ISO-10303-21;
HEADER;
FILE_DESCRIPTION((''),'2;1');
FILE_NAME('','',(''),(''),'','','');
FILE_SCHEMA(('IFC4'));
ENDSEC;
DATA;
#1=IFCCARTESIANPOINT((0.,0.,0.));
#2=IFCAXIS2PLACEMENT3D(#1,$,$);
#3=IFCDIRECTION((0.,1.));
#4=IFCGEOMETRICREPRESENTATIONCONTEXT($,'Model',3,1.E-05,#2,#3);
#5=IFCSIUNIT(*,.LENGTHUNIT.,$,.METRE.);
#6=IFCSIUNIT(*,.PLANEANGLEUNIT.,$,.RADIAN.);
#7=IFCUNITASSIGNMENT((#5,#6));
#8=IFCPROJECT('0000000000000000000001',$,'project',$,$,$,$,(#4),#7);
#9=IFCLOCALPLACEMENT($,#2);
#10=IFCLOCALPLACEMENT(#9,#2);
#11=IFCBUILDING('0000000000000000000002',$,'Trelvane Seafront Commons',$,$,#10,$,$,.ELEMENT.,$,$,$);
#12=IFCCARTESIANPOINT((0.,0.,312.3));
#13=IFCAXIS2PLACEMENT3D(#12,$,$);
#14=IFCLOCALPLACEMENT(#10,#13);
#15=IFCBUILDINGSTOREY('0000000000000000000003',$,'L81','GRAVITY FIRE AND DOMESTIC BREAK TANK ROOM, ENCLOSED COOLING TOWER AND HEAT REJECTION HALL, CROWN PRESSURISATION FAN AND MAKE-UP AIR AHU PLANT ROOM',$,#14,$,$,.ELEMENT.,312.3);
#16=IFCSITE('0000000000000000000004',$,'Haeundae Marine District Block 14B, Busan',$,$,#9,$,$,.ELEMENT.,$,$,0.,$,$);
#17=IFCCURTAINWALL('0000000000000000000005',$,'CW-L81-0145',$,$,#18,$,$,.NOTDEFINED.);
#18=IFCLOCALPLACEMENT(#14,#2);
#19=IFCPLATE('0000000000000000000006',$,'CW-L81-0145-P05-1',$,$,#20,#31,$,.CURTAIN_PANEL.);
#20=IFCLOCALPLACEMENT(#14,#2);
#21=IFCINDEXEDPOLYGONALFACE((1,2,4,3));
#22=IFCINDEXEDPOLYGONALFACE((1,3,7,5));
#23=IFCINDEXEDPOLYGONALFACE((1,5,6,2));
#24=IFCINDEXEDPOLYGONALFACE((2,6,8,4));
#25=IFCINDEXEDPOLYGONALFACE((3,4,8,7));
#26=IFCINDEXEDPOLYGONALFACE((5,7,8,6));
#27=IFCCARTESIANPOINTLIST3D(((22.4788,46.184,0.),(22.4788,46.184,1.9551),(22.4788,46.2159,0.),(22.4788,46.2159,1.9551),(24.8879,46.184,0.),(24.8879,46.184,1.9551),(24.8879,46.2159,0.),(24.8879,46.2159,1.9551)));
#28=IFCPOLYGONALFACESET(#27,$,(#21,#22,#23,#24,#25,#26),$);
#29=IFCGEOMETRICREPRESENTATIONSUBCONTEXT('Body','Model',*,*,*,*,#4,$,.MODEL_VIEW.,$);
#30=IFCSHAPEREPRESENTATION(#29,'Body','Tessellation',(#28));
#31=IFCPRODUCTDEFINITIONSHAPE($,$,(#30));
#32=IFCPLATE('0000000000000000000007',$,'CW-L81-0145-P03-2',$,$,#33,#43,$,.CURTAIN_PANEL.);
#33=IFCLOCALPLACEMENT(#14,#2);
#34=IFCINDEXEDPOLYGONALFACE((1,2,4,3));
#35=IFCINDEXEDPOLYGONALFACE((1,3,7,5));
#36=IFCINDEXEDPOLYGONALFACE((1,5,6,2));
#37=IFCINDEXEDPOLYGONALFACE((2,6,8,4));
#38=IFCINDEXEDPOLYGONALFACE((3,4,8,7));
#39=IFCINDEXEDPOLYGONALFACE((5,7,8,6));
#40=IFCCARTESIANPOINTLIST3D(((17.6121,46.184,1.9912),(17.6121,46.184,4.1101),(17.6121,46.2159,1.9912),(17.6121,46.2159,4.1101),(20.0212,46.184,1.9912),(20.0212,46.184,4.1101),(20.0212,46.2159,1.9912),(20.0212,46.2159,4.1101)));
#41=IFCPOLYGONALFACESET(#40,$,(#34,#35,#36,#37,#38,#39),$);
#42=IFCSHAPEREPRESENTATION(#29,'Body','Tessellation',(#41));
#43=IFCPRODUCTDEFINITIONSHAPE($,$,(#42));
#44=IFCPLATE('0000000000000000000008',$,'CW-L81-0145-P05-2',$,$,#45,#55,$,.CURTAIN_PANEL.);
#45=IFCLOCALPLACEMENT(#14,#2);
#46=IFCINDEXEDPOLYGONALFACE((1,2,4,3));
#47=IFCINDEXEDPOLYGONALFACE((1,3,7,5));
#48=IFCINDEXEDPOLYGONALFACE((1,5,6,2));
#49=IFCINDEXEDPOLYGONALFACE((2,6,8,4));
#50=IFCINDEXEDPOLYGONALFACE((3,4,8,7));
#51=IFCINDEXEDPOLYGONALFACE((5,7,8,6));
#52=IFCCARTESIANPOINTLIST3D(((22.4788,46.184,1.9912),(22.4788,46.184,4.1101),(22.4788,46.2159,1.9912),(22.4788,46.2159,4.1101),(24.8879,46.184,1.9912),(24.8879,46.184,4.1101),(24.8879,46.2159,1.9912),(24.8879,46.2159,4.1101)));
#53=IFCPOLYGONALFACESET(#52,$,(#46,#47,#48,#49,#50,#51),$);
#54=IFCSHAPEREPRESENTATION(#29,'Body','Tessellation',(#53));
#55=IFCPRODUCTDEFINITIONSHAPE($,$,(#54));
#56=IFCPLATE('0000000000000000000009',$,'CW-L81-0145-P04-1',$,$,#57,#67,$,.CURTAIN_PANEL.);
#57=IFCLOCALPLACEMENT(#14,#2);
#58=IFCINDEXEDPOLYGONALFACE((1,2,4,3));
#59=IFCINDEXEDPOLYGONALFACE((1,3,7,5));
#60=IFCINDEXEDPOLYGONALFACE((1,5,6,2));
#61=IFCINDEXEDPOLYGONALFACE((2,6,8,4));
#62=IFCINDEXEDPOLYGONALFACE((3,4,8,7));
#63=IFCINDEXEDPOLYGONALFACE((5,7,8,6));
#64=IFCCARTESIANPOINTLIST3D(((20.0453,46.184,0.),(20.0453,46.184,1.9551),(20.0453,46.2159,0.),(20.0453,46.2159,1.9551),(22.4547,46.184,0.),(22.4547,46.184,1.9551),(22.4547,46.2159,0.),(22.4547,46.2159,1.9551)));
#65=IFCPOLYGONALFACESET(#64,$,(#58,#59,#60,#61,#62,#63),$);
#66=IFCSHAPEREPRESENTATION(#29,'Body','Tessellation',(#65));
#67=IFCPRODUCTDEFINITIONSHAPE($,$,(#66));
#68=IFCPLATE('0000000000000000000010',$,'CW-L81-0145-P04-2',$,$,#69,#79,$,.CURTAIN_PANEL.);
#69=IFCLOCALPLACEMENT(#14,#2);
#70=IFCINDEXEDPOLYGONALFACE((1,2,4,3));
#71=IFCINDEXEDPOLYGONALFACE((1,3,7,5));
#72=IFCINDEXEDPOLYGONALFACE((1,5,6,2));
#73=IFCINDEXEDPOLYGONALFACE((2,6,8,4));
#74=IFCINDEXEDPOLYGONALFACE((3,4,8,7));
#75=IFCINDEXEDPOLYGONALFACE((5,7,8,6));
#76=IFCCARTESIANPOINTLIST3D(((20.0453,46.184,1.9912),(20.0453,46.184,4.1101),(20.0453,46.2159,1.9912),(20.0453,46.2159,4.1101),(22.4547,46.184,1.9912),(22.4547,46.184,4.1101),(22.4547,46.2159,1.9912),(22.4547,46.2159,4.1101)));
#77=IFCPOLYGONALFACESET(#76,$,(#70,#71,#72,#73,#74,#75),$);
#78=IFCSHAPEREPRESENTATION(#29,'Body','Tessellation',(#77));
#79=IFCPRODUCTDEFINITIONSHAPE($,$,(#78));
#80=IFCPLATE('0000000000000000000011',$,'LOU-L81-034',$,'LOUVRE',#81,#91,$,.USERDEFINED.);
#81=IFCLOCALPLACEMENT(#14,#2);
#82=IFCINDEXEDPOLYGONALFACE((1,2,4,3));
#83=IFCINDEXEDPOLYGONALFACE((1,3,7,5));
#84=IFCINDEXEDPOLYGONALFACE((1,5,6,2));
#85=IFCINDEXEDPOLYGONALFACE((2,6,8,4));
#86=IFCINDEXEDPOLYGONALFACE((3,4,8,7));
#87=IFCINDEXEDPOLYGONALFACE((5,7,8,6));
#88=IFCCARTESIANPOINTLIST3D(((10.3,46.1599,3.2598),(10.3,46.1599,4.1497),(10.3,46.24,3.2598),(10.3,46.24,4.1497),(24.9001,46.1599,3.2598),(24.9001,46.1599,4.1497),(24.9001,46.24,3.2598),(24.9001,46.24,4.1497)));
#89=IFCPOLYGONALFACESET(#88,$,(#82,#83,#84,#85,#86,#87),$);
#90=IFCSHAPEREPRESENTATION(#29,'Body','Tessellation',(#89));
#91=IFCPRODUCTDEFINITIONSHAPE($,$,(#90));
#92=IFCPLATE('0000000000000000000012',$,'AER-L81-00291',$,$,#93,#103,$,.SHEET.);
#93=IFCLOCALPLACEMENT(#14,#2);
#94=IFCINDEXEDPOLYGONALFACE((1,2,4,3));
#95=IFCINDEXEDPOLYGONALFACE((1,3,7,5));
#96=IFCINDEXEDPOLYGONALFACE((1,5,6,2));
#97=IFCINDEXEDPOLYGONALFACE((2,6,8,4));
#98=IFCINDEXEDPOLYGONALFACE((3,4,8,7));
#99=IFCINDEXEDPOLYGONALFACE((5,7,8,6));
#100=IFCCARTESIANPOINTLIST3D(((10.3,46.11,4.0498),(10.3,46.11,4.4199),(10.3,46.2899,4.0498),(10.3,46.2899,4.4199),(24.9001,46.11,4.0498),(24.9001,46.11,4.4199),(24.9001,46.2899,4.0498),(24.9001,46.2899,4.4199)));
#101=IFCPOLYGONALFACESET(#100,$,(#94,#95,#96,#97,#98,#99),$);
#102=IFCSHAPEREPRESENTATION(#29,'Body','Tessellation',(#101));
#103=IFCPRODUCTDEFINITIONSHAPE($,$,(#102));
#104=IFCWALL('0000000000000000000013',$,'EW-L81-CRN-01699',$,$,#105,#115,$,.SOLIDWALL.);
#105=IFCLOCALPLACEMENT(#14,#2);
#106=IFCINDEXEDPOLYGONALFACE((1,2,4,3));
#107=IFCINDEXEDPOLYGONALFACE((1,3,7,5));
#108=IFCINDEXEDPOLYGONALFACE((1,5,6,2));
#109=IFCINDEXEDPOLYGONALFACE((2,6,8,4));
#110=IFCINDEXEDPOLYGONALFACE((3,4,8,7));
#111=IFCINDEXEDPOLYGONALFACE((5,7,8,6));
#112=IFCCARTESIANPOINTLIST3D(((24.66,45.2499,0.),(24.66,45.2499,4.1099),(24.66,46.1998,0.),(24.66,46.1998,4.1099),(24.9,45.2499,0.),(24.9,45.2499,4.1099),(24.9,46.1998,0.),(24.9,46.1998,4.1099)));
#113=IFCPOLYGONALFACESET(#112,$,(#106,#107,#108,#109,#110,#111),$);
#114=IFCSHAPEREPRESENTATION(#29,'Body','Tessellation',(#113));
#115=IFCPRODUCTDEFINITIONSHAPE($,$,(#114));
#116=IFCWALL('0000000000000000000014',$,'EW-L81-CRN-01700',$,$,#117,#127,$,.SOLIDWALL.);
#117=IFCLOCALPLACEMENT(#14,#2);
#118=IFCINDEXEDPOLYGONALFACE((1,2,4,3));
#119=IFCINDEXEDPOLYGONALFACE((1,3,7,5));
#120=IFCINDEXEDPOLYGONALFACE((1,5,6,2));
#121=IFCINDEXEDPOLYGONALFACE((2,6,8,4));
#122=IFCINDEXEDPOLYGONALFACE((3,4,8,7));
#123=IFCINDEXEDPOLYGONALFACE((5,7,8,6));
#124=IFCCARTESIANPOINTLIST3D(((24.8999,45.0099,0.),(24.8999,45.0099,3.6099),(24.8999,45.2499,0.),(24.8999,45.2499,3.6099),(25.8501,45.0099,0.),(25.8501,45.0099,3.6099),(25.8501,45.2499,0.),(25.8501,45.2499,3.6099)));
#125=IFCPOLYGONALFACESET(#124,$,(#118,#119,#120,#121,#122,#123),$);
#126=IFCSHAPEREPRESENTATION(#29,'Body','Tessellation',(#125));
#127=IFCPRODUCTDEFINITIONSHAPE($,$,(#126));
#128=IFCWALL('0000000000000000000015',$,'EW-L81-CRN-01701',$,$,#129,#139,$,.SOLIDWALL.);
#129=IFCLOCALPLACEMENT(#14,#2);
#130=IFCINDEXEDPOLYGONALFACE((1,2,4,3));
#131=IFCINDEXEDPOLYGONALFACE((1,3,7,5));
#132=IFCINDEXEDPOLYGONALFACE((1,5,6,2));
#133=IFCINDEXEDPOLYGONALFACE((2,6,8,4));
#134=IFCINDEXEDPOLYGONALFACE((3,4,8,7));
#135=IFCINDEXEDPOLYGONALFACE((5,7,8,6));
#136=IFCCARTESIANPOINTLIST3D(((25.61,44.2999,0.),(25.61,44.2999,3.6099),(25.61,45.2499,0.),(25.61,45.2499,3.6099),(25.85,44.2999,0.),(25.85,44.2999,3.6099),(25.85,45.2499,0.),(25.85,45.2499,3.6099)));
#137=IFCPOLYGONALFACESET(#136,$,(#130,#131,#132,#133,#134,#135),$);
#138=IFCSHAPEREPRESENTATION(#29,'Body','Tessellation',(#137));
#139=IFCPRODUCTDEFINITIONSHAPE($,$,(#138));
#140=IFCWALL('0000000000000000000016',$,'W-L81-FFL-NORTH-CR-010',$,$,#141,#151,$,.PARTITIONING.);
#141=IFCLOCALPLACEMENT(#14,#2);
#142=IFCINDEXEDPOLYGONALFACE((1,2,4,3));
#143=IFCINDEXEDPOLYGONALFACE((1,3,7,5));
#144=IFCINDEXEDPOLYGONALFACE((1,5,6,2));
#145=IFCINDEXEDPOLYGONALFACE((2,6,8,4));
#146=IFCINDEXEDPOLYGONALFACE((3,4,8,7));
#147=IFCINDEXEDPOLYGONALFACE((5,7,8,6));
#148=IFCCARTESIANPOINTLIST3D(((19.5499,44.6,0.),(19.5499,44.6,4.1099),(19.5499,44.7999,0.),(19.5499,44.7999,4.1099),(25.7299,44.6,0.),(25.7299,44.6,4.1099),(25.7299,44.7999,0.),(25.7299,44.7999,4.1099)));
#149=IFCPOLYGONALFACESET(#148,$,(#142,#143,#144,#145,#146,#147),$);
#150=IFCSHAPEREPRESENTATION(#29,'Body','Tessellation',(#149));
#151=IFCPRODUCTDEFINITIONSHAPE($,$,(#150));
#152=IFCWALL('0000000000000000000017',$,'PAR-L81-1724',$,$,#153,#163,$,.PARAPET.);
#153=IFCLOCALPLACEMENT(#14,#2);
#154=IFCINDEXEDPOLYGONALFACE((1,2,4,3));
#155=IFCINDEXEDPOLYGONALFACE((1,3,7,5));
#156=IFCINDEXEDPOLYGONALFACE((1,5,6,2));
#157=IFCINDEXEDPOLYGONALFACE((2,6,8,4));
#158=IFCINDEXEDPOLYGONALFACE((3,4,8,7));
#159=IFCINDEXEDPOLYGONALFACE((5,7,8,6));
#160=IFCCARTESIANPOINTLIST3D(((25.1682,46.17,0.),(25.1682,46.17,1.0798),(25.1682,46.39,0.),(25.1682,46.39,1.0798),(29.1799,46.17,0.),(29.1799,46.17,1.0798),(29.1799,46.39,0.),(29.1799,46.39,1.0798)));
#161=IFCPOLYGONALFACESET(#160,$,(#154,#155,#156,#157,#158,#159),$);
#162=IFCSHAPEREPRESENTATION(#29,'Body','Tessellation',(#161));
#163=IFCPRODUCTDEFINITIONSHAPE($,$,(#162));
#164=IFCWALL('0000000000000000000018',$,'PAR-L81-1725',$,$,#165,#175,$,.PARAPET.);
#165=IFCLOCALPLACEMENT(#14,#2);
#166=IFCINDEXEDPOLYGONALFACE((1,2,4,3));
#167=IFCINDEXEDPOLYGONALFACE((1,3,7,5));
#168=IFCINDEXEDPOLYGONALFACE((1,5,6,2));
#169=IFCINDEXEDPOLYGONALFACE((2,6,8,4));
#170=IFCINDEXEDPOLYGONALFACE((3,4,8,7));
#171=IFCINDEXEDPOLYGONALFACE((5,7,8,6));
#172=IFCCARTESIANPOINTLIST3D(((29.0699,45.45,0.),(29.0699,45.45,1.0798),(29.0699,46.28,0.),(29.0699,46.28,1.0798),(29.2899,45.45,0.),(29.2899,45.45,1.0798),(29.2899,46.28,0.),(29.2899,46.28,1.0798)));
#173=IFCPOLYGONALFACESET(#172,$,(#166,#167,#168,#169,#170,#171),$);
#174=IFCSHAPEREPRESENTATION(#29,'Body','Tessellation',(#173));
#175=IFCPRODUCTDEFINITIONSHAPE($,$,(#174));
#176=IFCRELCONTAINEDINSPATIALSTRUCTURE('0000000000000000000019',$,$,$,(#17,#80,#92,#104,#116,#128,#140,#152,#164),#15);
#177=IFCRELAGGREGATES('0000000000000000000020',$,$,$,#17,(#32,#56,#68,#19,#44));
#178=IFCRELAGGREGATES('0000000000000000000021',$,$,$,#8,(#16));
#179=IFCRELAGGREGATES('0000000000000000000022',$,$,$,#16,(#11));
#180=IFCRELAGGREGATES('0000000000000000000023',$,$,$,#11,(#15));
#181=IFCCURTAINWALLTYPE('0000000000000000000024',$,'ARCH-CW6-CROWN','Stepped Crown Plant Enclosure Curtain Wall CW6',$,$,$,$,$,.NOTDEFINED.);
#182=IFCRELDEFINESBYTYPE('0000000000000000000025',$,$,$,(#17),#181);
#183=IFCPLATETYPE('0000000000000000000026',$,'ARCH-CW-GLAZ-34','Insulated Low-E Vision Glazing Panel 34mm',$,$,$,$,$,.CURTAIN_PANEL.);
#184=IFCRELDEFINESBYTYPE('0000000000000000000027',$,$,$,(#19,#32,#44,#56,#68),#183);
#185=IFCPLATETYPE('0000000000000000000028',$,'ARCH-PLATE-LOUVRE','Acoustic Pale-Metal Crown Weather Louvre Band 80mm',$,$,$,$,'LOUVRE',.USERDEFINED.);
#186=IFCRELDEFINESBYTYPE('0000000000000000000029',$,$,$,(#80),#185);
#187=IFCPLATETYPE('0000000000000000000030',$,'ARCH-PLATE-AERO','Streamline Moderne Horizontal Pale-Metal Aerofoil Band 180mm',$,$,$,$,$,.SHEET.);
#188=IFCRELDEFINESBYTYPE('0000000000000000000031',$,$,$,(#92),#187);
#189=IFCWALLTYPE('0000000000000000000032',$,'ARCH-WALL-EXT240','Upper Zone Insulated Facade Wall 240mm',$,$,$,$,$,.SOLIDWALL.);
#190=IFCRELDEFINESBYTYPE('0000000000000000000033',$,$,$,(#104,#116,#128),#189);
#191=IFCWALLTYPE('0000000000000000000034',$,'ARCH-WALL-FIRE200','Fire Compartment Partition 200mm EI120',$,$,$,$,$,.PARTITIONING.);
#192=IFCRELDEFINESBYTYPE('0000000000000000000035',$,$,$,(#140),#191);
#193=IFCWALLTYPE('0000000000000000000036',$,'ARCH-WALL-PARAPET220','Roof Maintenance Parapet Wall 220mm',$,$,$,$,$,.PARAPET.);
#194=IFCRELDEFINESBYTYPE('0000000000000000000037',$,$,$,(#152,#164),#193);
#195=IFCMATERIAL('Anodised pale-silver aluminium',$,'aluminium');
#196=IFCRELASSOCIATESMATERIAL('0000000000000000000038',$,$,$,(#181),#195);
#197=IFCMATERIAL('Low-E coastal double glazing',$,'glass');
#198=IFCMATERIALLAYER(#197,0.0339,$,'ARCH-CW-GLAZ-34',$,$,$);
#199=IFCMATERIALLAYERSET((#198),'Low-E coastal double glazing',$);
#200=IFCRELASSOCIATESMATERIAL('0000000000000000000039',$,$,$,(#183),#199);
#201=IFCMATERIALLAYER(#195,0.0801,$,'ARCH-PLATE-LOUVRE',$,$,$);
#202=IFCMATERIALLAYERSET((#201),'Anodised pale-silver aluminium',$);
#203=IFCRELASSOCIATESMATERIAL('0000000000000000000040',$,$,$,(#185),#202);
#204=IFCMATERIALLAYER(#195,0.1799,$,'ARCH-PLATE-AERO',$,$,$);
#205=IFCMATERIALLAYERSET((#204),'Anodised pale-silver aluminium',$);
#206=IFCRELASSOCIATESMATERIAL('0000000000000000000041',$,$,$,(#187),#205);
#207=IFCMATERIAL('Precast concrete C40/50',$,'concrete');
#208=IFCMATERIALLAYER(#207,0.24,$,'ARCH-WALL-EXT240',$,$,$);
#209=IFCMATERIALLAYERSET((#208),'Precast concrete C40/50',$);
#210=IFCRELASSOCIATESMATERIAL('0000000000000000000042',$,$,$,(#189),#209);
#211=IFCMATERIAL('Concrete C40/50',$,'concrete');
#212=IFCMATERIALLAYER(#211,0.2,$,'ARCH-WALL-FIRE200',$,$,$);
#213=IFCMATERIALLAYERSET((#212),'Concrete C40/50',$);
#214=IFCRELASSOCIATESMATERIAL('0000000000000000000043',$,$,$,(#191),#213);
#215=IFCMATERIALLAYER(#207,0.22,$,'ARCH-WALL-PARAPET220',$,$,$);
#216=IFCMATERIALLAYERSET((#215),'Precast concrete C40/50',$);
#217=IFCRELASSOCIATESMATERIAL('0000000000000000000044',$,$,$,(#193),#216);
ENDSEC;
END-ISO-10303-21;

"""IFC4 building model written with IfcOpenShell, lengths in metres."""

from ifc_helpers import new_model, si_unit, direction, frame, frame_2d, origin, origin_2d, place, context, subcontext, project, spatial, rectangle, extrude, source, transform, mapped, material, layer, layer_set, type_object, element, aggregate, save


model = new_model("IFC4")

# Units and contexts
model_context = context("Model", 3, precision=1e-05, world=origin(), true_north=direction((0.0, 1.0)))
body_context = subcontext(model_context, "Body", "Model", "MODEL_VIEW")
ifc_project = project(units=[si_unit("LENGTHUNIT", "METRE"), si_unit("PLANEANGLEUNIT", "RADIAN")], contexts=[model_context])

# Site, building, storey
site_placement = place(None, origin())
site = spatial("IfcSite", under=ifc_project, at=site_placement, Name="Haeundae Marine District Block 14B, Busan", CompositionType="ELEMENT", RefElevation=0.0)
building_placement = place(site_placement, origin())
building = spatial("IfcBuilding", under=site, at=building_placement, Name="Trelvane Seafront Commons", CompositionType="ELEMENT")
storey_placement = place(building_placement, frame((0.0, 0.0, 312.3)))
storey = spatial("IfcBuildingStorey", under=building, at=storey_placement, Name="L81", Description="GRAVITY FIRE AND DOMESTIC BREAK TANK ROOM, ENCLOSED COOLING TOWER AND HEAT REJECTION HALL, CROWN PRESSURISATION FAN AND MAKE-UP AIR AHU PLANT ROOM", CompositionType="ELEMENT", Elevation=312.3)

# Curtain wall
ifc_material_1 = material(Name="Anodised pale-silver aluminium", Category="aluminium")
curtain_wall_type = type_object("IfcCurtainWallType", Name="ARCH-CW6-CROWN", Description="Stepped Crown Plant Enclosure Curtain Wall CW6", PredefinedType="NOTDEFINED", material=ifc_material_1)
curtain_wall_1_placement = place(storey_placement, origin())
curtain_wall_1 = element("IfcCurtainWall", 1, at=curtain_wall_1_placement, inside=storey, type_object=curtain_wall_type, Name="CW-L81-0145", PredefinedType="NOTDEFINED")

# Plates
ifc_material_2 = material(Name="Low-E coastal double glazing", Category="glass")
ifc_layer_1 = layer(ifc_material_2, 0.0339, Name="ARCH-CW-GLAZ-34")
ifc_layer_set_1 = layer_set([ifc_layer_1], Name="Low-E coastal double glazing")
plate_type_1 = type_object("IfcPlateType", Name="ARCH-CW-GLAZ-34", Description="Insulated Low-E Vision Glazing Panel 34mm", PredefinedType="CURTAIN_PANEL", material=ifc_layer_set_1)
shared_shape_1 = source(origin(), body_context, "Body", "SweptSolid", [
    extrude(rectangle(XDim=2.4092, YDim=0.032, at=origin_2d()), origin(), (0.0, 0.0, 1.0), 1.9551),
])
plate_1_placement = place(storey_placement, frame((23.6833, 46.2, 0.0), z_axis=(0.0, 0.0, 1.0), x_axis=(1.0, 0.0, 0.0)))
plate_1 = element("IfcPlate", 2, at=plate_1_placement, type_object=plate_type_1, Name="CW-L81-0145-P05-1", PredefinedType="CURTAIN_PANEL", context=body_context, shape_type="MappedRepresentation", body=[
    mapped(shared_shape_1, transform((0.0, 0.0, 0.0), x_axis=(1.0, 0.0, 0.0), y_axis=(0.0, 1.0, 0.0), z_axis=(0.0, 0.0, 1.0), scale=1.0)),
])
shared_shape_2 = source(origin(), body_context, "Body", "SweptSolid", [
    extrude(rectangle(XDim=2.4092, YDim=0.032, at=origin_2d()), origin(), (0.0, 0.0, 1.0), 2.1189),
])
plate_2_placement = place(storey_placement, frame((18.8167, 46.2, 1.9912), z_axis=(0.0, 0.0, 1.0), x_axis=(1.0, 0.0, 0.0)))
plate_2 = element("IfcPlate", 3, at=plate_2_placement, type_object=plate_type_1, Name="CW-L81-0145-P03-2", PredefinedType="CURTAIN_PANEL", context=body_context, shape_type="MappedRepresentation", body=[
    mapped(shared_shape_2, transform((0.0, 0.0, 0.0), x_axis=(1.0, 0.0, 0.0), y_axis=(0.0, 1.0, 0.0), z_axis=(0.0, 0.0, 1.0), scale=1.0)),
])
plate_3_placement = place(storey_placement, frame((23.6833, 46.2, 1.9912), z_axis=(0.0, 0.0, 1.0), x_axis=(1.0, 0.0, 0.0)))
plate_3 = element("IfcPlate", 4, at=plate_3_placement, type_object=plate_type_1, Name="CW-L81-0145-P05-2", PredefinedType="CURTAIN_PANEL", context=body_context, shape_type="MappedRepresentation", body=[
    mapped(shared_shape_2, transform((0.0, 0.0, 0.0), x_axis=(1.0, 0.0, 0.0), y_axis=(0.0, 1.0, 0.0), z_axis=(0.0, 0.0, 1.0), scale=1.0)),
])
shared_shape_3 = source(origin(), body_context, "Body", "SweptSolid", [
    extrude(rectangle(XDim=2.4094, YDim=0.032, at=origin_2d()), origin(), (0.0, 0.0, 1.0), 1.9551),
])
plate_4_placement = place(storey_placement, frame((21.25, 46.2, 0.0), z_axis=(0.0, 0.0, 1.0), x_axis=(1.0, 0.0, 0.0)))
plate_4 = element("IfcPlate", 5, at=plate_4_placement, type_object=plate_type_1, Name="CW-L81-0145-P04-1", PredefinedType="CURTAIN_PANEL", context=body_context, shape_type="MappedRepresentation", body=[
    mapped(shared_shape_3, transform((0.0, 0.0, 0.0), x_axis=(1.0, 0.0, 0.0), y_axis=(0.0, 1.0, 0.0), z_axis=(0.0, 0.0, 1.0), scale=1.0)),
])
shared_shape_4 = source(origin(), body_context, "Body", "SweptSolid", [
    extrude(rectangle(XDim=2.4094, YDim=0.032, at=origin_2d()), origin(), (0.0, 0.0, 1.0), 2.1189),
])
plate_5_placement = place(storey_placement, frame((21.25, 46.2, 1.9912), z_axis=(0.0, 0.0, 1.0), x_axis=(1.0, 0.0, 0.0)))
plate_5 = element("IfcPlate", 6, at=plate_5_placement, type_object=plate_type_1, Name="CW-L81-0145-P04-2", PredefinedType="CURTAIN_PANEL", context=body_context, shape_type="MappedRepresentation", body=[
    mapped(shared_shape_4, transform((0.0, 0.0, 0.0), x_axis=(1.0, 0.0, 0.0), y_axis=(0.0, 1.0, 0.0), z_axis=(0.0, 0.0, 1.0), scale=1.0)),
])
aggregate(curtain_wall_1, [plate_2, plate_4, plate_5, plate_1, plate_3])

# Plates
ifc_layer_2 = layer(ifc_material_1, 0.0801, Name="ARCH-PLATE-LOUVRE")
ifc_layer_set_2 = layer_set([ifc_layer_2], Name="Anodised pale-silver aluminium")
plate_type_2 = type_object("IfcPlateType", Name="ARCH-PLATE-LOUVRE", Description="Acoustic Pale-Metal Crown Weather Louvre Band 80mm", ElementType="LOUVRE", PredefinedType="USERDEFINED", material=ifc_layer_set_2)
shared_shape_5 = source(origin(), body_context, "Body", "SweptSolid", [
    extrude(rectangle(XDim=14.6001, YDim=0.0801, at=origin_2d()), origin(), (0.0, 0.0, 1.0), 0.8899),
])
plate_6_placement = place(storey_placement, frame((17.6001, 46.2, 3.2598), z_axis=(0.0, 0.0, 1.0), x_axis=(1.0, 0.0, 0.0)))
element("IfcPlate", 7, at=plate_6_placement, inside=storey, type_object=plate_type_2, Name="LOU-L81-034", ObjectType="LOUVRE", PredefinedType="USERDEFINED", context=body_context, shape_type="MappedRepresentation", body=[
    mapped(shared_shape_5, transform((0.0, 0.0, 0.0), x_axis=(1.0, 0.0, 0.0), y_axis=(0.0, 1.0, 0.0), z_axis=(0.0, 0.0, 1.0), scale=1.0)),
])
ifc_layer_3 = layer(ifc_material_1, 0.1799, Name="ARCH-PLATE-AERO")
ifc_layer_set_3 = layer_set([ifc_layer_3], Name="Anodised pale-silver aluminium")
plate_type_3 = type_object("IfcPlateType", Name="ARCH-PLATE-AERO", Description="Streamline Moderne Horizontal Pale-Metal Aerofoil Band 180mm", PredefinedType="SHEET", material=ifc_layer_set_3)
shared_shape_6 = source(origin(), body_context, "Body", "SweptSolid", [
    extrude(rectangle(XDim=14.6001, YDim=0.1799, at=origin_2d()), origin(), (0.0, 0.0, 1.0), 0.3701),
])
plate_7_placement = place(storey_placement, frame((17.6001, 46.2, 4.0498), z_axis=(0.0, 0.0, 1.0), x_axis=(1.0, 0.0, 0.0)))
element("IfcPlate", 8, at=plate_7_placement, inside=storey, type_object=plate_type_3, Name="AER-L81-00291", PredefinedType="SHEET", context=body_context, shape_type="MappedRepresentation", body=[
    mapped(shared_shape_6, transform((0.0, 0.0, 0.0), x_axis=(1.0, 0.0, 0.0), y_axis=(0.0, 1.0, 0.0), z_axis=(0.0, 0.0, 1.0), scale=1.0)),
])

# Walls
ifc_material_3 = material(Name="Precast concrete C40/50", Category="concrete")
ifc_layer_4 = layer(ifc_material_3, 0.24, Name="ARCH-WALL-EXT240")
ifc_layer_set_4 = layer_set([ifc_layer_4], Name="Precast concrete C40/50")
wall_type_1 = type_object("IfcWallType", Name="ARCH-WALL-EXT240", Description="Upper Zone Insulated Facade Wall 240mm", PredefinedType="SOLIDWALL", material=ifc_layer_set_4)
wall_1_placement = place(storey_placement, frame((24.78, 46.2, 0.0), z_axis=(0.0, 0.0, 1.0), x_axis=(0.0, -1.0, 0.0)))
element("IfcWall", 9, at=wall_1_placement, inside=storey, type_object=wall_type_1, Name="EW-L81-CRN-01699", PredefinedType="SOLIDWALL", context=body_context, shape_type="SweptSolid", body=[
    extrude(rectangle(XDim=0.95, YDim=0.24, at=frame_2d((0.4751, 0.0))), origin(), (0.0, 0.0, 1.0), 4.1099),
])
wall_2_placement = place(storey_placement, frame((24.8999, 45.1299, 0.0), z_axis=(0.0, 0.0, 1.0), x_axis=(1.0, 0.0, 0.0)))
element("IfcWall", 10, at=wall_2_placement, inside=storey, type_object=wall_type_1, Name="EW-L81-CRN-01700", PredefinedType="SOLIDWALL", context=body_context, shape_type="SweptSolid", body=[
    extrude(rectangle(XDim=0.9502, YDim=0.24, at=frame_2d((0.4751, 0.0))), origin(), (0.0, 0.0, 1.0), 3.6099),
])
wall_3_placement = place(storey_placement, frame((25.73, 45.25, 0.0), z_axis=(0.0, 0.0, 1.0), x_axis=(0.0, -1.0, 0.0)))
element("IfcWall", 11, at=wall_3_placement, inside=storey, type_object=wall_type_1, Name="EW-L81-CRN-01701", PredefinedType="SOLIDWALL", context=body_context, shape_type="SweptSolid", body=[
    extrude(rectangle(XDim=0.95, YDim=0.24, at=frame_2d((0.4751, 0.0))), origin(), (0.0, 0.0, 1.0), 3.6099),
])
ifc_material_4 = material(Name="Concrete C40/50", Category="concrete")
ifc_layer_5 = layer(ifc_material_4, 0.2, Name="ARCH-WALL-FIRE200")
ifc_layer_set_5 = layer_set([ifc_layer_5], Name="Concrete C40/50")
wall_type_2 = type_object("IfcWallType", Name="ARCH-WALL-FIRE200", Description="Fire Compartment Partition 200mm EI120", PredefinedType="PARTITIONING", material=ifc_layer_set_5)
wall_4_placement = place(storey_placement, frame((19.55, 44.7, 0.0), z_axis=(0.0, 0.0, 1.0), x_axis=(1.0, 0.0, 0.0)))
element("IfcWall", 12, at=wall_4_placement, inside=storey, type_object=wall_type_2, Name="W-L81-FFL-NORTH-CR-010", PredefinedType="PARTITIONING", context=body_context, shape_type="SweptSolid", body=[
    extrude(rectangle(XDim=6.1799, YDim=0.2, at=frame_2d((3.0898, 0.0))), origin(), (0.0, 0.0, 1.0), 4.1099),
])
ifc_layer_6 = layer(ifc_material_3, 0.22, Name="ARCH-WALL-PARAPET220")
ifc_layer_set_6 = layer_set([ifc_layer_6], Name="Precast concrete C40/50")
wall_type_3 = type_object("IfcWallType", Name="ARCH-WALL-PARAPET220", Description="Roof Maintenance Parapet Wall 220mm", PredefinedType="PARAPET", material=ifc_layer_set_6)
wall_5_placement = place(storey_placement, frame((25.1682, 46.28, 0.0), z_axis=(0.0, 0.0, 1.0), x_axis=(1.0, 0.0, 0.0)))
element("IfcWall", 13, at=wall_5_placement, inside=storey, type_object=wall_type_3, Name="PAR-L81-1724", PredefinedType="PARAPET", context=body_context, shape_type="SweptSolid", body=[
    extrude(rectangle(XDim=4.0117, YDim=0.22, at=frame_2d((2.0059, 0.0))), origin(), (0.0, 0.0, 1.0), 1.0798),
])
wall_6_placement = place(storey_placement, frame((29.1799, 46.28, 0.0), z_axis=(0.0, 0.0, 1.0), x_axis=(0.0, -1.0, 0.0)))
element("IfcWall", 14, at=wall_6_placement, inside=storey, type_object=wall_type_3, Name="PAR-L81-1725", PredefinedType="PARAPET", context=body_context, shape_type="SweptSolid", body=[
    extrude(rectangle(XDim=0.8301, YDim=0.22, at=frame_2d((0.415, 0.0))), origin(), (0.0, 0.0, 1.0), 1.0798),
])

save(model, "model.ifc")
